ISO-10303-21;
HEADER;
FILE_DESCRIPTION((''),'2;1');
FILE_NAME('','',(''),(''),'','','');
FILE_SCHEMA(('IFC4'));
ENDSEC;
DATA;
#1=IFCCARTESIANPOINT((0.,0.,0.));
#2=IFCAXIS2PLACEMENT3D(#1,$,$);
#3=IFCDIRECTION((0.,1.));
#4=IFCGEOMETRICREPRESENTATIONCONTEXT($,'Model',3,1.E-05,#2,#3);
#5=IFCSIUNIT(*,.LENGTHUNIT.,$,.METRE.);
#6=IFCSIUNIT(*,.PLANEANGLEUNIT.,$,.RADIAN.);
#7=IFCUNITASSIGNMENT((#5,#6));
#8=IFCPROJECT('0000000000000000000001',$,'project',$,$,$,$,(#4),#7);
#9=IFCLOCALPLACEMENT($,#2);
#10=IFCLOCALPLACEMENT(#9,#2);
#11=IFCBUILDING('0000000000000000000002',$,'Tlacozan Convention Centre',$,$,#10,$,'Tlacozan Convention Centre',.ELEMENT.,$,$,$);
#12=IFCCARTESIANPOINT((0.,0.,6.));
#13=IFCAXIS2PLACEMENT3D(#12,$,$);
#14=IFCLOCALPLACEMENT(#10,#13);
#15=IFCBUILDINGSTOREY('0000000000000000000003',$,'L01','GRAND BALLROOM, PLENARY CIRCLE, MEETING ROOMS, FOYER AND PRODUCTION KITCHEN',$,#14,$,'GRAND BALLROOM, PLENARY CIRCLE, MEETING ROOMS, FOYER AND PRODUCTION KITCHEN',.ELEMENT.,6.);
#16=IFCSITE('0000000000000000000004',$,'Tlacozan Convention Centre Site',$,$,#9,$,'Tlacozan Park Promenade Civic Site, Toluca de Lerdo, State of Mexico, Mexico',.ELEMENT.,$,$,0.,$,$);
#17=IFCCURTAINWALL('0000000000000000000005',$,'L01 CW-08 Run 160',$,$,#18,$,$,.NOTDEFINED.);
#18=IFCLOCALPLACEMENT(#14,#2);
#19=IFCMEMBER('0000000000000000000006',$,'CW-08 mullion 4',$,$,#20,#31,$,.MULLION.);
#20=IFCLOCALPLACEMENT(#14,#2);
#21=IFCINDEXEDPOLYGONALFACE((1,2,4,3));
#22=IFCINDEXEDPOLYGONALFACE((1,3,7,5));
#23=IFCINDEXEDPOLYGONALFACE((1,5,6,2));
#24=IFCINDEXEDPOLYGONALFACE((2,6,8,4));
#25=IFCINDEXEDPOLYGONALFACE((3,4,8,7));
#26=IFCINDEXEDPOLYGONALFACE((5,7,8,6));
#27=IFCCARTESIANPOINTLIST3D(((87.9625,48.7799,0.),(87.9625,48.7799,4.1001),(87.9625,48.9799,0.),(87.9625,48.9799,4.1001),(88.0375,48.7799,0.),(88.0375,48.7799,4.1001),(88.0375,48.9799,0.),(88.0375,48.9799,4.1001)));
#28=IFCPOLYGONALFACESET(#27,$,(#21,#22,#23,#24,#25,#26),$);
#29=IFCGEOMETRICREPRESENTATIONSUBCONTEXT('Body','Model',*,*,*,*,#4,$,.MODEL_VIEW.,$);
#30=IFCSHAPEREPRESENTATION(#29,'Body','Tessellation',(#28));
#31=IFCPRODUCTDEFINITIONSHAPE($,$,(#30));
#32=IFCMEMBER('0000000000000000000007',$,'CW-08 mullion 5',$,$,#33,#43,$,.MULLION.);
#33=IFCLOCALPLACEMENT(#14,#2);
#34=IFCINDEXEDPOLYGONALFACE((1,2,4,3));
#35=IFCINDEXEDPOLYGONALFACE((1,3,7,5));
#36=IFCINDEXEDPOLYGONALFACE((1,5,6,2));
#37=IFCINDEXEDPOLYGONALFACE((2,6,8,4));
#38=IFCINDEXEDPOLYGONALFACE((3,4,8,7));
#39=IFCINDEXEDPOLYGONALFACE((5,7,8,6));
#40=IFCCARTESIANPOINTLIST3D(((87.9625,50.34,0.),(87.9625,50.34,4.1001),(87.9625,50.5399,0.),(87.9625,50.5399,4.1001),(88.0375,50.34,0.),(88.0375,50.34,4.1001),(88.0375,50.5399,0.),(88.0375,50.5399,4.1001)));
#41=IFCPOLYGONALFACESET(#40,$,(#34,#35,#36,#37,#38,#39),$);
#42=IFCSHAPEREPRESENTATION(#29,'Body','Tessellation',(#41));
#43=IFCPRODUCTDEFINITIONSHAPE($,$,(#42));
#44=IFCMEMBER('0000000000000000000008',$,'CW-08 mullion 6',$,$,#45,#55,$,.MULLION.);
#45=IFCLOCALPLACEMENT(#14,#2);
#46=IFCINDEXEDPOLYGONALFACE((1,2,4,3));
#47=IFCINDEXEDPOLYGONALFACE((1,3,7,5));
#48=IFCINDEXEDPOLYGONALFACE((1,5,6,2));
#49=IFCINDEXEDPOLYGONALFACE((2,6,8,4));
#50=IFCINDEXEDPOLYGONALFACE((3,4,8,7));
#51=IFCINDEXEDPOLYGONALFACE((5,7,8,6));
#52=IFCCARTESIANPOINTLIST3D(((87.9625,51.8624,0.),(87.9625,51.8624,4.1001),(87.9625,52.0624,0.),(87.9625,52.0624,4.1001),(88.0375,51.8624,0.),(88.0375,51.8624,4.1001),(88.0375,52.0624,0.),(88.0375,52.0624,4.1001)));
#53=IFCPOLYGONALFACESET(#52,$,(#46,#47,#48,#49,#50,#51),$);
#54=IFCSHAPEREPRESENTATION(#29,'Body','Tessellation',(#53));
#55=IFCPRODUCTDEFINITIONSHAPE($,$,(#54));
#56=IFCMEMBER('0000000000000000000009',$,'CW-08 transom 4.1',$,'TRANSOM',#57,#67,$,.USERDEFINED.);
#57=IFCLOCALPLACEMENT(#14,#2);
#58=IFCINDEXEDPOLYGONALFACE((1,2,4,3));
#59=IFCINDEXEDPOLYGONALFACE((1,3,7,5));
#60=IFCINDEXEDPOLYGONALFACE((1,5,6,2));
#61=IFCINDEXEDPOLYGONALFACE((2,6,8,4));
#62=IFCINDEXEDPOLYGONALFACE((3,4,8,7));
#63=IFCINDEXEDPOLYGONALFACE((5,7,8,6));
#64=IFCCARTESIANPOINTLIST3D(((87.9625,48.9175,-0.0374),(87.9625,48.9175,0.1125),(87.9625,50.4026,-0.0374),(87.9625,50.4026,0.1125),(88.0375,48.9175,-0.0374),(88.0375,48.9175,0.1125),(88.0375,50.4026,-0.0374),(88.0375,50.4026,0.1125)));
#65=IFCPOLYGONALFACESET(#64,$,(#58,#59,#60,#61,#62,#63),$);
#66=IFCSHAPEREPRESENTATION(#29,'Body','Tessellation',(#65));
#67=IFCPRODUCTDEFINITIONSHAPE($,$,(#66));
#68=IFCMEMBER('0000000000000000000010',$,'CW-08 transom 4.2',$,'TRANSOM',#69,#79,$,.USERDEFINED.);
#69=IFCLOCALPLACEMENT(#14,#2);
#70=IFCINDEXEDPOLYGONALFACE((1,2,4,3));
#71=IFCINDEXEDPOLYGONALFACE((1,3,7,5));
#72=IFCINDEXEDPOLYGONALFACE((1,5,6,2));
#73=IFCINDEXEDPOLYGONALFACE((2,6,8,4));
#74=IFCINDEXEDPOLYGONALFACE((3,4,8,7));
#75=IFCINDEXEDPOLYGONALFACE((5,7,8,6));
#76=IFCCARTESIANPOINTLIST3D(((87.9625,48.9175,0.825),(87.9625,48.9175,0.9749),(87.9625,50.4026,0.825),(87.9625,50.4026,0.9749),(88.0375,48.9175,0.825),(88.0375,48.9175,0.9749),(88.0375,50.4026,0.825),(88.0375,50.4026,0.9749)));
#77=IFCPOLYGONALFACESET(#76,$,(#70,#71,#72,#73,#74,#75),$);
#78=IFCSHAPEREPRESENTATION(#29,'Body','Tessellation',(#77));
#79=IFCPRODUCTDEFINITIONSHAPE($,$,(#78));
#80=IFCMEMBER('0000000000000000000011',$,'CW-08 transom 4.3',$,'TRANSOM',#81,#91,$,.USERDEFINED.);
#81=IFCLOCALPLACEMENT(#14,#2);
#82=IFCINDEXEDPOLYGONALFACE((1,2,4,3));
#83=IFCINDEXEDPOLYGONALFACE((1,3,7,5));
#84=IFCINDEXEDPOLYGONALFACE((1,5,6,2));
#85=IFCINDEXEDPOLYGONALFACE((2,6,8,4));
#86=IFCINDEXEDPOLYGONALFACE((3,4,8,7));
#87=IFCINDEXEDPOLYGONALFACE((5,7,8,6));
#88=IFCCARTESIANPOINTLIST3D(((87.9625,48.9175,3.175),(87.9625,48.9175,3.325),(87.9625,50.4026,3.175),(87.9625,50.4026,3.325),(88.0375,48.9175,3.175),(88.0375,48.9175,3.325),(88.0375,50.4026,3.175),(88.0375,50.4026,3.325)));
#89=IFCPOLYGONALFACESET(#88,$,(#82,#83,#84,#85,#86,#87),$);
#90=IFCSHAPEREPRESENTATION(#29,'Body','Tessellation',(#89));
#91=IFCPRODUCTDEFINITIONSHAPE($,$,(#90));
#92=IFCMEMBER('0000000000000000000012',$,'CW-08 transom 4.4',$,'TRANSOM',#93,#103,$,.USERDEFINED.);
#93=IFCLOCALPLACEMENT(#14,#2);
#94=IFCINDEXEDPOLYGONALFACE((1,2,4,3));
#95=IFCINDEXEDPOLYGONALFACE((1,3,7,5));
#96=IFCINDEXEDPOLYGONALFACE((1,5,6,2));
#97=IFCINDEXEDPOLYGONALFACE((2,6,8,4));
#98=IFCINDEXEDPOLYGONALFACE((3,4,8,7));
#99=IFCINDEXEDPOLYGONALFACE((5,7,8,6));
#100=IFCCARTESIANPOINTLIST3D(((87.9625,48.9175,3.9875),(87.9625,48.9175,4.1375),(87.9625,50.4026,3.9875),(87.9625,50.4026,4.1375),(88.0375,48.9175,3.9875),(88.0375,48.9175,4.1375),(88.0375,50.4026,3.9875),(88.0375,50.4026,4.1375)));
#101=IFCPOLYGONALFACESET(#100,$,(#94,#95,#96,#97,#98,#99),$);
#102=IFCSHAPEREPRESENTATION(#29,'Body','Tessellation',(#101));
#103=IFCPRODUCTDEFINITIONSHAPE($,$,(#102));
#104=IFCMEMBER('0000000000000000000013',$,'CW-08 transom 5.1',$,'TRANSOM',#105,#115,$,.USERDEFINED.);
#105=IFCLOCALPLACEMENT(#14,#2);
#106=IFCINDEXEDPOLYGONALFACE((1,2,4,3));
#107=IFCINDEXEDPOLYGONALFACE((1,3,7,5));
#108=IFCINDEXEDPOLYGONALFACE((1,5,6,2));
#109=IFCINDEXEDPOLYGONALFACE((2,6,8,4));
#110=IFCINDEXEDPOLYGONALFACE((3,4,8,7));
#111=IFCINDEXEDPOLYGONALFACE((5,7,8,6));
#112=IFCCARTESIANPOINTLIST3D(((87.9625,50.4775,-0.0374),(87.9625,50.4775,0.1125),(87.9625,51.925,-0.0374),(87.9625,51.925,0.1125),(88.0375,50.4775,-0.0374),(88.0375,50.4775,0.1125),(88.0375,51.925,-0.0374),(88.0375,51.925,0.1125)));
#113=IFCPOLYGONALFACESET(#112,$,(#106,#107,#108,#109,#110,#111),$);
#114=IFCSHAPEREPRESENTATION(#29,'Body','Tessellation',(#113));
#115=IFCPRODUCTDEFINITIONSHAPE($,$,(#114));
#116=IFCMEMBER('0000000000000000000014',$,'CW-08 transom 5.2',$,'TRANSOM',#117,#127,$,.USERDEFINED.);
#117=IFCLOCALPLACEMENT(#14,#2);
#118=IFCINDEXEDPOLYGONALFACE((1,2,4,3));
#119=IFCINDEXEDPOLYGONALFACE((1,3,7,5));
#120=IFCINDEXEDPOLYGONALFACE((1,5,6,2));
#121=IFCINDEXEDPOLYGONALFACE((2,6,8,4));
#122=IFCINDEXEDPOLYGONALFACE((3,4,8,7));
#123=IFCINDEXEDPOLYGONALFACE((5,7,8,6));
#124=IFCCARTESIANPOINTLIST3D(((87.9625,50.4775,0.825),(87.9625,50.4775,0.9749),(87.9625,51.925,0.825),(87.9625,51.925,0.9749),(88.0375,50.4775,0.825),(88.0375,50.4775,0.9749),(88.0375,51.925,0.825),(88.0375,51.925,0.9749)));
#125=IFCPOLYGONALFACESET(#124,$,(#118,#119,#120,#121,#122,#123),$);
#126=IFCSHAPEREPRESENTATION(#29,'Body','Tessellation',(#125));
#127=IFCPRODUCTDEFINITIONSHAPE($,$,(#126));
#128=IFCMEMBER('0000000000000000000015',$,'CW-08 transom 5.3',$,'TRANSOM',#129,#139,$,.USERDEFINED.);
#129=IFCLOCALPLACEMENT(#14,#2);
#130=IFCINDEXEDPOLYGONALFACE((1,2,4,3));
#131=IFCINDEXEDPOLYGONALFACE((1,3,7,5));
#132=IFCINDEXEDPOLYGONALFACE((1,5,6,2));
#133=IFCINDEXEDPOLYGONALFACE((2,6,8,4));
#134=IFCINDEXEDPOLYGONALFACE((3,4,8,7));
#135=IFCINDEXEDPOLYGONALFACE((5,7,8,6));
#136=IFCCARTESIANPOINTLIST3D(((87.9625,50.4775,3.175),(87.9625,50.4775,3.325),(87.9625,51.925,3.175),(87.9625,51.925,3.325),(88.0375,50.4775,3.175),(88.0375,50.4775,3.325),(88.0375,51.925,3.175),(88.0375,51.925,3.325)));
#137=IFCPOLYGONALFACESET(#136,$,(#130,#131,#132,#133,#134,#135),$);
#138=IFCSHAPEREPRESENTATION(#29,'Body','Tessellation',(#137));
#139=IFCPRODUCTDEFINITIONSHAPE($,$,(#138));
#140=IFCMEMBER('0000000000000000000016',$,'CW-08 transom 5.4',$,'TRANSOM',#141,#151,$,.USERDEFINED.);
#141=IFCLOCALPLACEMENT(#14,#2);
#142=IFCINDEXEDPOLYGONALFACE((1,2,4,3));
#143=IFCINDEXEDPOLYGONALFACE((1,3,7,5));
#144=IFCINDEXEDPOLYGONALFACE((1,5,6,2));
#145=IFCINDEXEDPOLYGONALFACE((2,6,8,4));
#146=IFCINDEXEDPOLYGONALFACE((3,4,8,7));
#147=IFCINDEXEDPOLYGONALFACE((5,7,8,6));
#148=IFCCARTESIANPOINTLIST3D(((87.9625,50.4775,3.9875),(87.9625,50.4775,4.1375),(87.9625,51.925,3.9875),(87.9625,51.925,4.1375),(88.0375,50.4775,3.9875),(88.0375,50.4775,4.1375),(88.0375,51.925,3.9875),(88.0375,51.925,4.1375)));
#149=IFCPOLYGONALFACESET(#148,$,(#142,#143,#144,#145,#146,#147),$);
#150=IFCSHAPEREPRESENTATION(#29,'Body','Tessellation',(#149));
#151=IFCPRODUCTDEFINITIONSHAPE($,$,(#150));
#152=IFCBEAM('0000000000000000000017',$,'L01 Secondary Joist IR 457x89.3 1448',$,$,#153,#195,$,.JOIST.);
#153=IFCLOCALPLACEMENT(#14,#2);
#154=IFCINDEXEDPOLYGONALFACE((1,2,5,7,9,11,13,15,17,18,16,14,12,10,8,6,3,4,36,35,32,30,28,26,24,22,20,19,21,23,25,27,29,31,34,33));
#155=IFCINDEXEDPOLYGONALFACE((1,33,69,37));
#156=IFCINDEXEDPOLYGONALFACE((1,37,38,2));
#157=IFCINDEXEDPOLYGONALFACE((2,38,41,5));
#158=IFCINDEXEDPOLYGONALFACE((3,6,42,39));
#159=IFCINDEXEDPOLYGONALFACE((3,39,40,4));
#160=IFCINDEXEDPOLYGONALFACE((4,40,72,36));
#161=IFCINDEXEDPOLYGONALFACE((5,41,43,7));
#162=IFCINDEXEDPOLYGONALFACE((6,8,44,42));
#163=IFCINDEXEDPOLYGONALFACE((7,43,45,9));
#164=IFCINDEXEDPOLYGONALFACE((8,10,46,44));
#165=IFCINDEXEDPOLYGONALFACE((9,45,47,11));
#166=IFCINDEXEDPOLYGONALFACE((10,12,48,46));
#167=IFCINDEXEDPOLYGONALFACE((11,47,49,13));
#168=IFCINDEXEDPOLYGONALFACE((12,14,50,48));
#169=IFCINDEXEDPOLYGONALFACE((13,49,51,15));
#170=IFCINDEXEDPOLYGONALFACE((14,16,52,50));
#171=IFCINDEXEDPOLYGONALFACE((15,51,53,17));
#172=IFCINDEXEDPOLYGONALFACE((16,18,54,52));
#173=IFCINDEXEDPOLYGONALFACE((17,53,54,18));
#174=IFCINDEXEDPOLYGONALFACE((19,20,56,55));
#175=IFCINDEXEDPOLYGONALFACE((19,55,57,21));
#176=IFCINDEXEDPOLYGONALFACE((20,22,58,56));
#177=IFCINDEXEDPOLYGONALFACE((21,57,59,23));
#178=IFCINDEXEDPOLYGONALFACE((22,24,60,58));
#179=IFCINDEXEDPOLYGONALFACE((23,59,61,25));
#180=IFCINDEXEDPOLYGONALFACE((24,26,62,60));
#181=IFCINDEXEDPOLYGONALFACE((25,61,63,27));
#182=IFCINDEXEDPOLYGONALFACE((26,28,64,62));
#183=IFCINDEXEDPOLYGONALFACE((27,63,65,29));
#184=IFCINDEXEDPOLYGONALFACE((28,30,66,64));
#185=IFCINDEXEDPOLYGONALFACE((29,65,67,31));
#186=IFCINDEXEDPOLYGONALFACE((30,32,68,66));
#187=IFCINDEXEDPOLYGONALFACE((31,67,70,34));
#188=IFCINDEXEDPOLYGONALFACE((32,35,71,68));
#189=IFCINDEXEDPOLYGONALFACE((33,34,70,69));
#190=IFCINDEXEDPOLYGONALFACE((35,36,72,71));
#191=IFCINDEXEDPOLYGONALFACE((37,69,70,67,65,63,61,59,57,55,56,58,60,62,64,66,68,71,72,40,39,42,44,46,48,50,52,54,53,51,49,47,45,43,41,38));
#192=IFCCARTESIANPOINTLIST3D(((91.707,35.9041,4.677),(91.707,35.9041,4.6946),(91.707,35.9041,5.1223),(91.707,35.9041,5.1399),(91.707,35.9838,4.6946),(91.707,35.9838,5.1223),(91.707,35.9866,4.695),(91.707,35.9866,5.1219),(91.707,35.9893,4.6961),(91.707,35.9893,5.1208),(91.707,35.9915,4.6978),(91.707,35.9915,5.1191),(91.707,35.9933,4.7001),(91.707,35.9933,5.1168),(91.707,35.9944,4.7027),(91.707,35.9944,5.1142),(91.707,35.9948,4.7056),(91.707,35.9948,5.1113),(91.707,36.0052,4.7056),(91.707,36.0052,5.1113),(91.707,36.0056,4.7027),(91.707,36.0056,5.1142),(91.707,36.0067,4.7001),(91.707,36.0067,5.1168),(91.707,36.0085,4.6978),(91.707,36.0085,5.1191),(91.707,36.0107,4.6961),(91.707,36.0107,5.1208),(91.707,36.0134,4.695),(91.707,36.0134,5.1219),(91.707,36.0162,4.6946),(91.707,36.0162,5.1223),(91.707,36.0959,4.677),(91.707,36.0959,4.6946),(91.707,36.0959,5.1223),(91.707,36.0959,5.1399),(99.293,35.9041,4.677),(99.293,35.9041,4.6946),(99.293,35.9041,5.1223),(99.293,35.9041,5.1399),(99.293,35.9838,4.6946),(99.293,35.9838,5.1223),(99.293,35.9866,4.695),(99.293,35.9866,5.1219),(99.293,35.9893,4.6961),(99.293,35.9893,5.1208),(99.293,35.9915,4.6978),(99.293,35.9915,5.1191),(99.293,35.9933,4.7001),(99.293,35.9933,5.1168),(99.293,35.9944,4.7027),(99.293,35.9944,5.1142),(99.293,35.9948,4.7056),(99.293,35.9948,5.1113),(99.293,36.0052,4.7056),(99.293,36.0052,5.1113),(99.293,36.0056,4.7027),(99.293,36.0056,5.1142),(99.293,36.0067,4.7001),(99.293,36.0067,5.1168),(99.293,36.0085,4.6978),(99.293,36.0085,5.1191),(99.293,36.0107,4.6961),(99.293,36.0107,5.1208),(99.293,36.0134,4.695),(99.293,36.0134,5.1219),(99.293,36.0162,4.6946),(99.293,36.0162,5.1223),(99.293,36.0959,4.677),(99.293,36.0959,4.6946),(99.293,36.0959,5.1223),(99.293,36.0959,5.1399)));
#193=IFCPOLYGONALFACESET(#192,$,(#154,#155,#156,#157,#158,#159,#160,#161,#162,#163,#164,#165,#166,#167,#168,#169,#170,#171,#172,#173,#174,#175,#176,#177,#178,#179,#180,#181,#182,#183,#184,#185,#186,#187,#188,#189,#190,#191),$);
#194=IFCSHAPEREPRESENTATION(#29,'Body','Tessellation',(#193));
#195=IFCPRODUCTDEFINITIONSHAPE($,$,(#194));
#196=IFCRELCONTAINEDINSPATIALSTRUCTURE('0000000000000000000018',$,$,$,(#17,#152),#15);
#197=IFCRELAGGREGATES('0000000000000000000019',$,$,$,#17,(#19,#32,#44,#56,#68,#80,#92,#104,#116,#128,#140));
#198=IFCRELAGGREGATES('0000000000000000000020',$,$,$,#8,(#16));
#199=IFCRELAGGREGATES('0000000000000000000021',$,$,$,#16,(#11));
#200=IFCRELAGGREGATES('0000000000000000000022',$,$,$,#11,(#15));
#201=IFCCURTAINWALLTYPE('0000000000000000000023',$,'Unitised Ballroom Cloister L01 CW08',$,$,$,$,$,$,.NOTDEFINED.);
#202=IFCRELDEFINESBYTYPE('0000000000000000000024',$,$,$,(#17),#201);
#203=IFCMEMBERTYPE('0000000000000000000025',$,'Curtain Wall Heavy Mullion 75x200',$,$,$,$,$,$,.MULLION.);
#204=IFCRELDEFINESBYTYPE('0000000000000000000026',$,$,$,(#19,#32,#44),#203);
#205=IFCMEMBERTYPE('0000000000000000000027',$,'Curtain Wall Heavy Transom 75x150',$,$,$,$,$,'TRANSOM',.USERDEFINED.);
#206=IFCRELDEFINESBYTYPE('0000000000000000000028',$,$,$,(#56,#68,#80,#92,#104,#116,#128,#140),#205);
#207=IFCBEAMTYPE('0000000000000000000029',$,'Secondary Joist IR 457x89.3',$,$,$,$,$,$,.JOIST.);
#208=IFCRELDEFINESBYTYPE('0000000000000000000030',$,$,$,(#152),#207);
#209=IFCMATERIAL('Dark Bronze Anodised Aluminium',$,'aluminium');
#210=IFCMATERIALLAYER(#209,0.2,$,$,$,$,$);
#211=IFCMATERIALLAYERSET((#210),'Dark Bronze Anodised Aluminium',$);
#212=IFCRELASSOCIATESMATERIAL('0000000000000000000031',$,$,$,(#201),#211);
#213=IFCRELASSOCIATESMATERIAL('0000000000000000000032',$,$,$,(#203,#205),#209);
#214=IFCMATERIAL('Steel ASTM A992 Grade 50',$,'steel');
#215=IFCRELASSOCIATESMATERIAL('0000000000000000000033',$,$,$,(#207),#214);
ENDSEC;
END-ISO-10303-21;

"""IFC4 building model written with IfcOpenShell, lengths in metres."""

from ifc_helpers import new_model, si_unit, direction, frame, origin, origin_2d, place, context, subcontext, project, spatial, rectangle, i_section, extrude, material, layer, layer_set, material_profile, profile_set, type_object, element, aggregate, save


model = new_model("IFC4")

# Units and contexts
model_context = context("Model", 3, precision=1e-05, world=origin(), true_north=direction((0.0, 1.0)))
body_context = subcontext(model_context, "Body", "Model", "MODEL_VIEW")
ifc_project = project(units=[si_unit("LENGTHUNIT", "METRE"), si_unit("PLANEANGLEUNIT", "RADIAN")], contexts=[model_context])

# Site, building, storey
site_placement = place(None, origin())
site = spatial("IfcSite", under=ifc_project, at=site_placement, Name="Tlacozan Convention Centre Site", LongName="Tlacozan Park Promenade Civic Site, Toluca de Lerdo, State of Mexico, Mexico", CompositionType="ELEMENT", RefElevation=0.0)
building_placement = place(site_placement, origin())
building = spatial("IfcBuilding", under=site, at=building_placement, Name="Tlacozan Convention Centre", LongName="Tlacozan Convention Centre", CompositionType="ELEMENT")
storey_placement = place(building_placement, frame((0.0, 0.0, 6.0)))
storey = spatial("IfcBuildingStorey", under=building, at=storey_placement, Name="L01", Description="GRAND BALLROOM, PLENARY CIRCLE, MEETING ROOMS, FOYER AND PRODUCTION KITCHEN", LongName="GRAND BALLROOM, PLENARY CIRCLE, MEETING ROOMS, FOYER AND PRODUCTION KITCHEN", CompositionType="ELEMENT", Elevation=6.0)

# Curtain wall, members
ifc_material_1 = material(Name="Dark Bronze Anodised Aluminium", Category="aluminium")
ifc_layer_1 = layer(ifc_material_1, 0.2)
ifc_layer_set_1 = layer_set([ifc_layer_1], Name="Dark Bronze Anodised Aluminium")
curtain_wall_type = type_object("IfcCurtainWallType", Name="Unitised Ballroom Cloister L01 CW08", PredefinedType="NOTDEFINED", material=ifc_layer_set_1)
curtain_wall_placement = place(storey_placement, origin())
curtain_wall = element("IfcCurtainWall", 1, at=curtain_wall_placement, inside=storey, type_object=curtain_wall_type, Name="L01 CW-08 Run 160", PredefinedType="NOTDEFINED")
ifc_material_profile_1 = material_profile(ifc_material_1, rectangle(XDim=0.075, YDim=0.2, at=origin_2d()), Name="ALU 75x200")
ifc_profile_set_1 = profile_set([ifc_material_profile_1], Name="Dark Bronze Anodised Aluminium")
member_type_1 = type_object("IfcMemberType", Name="Curtain Wall Heavy Mullion 75x200", PredefinedType="MULLION", material=ifc_profile_set_1)
member_1_placement = place(storey_placement, frame((88.0, 48.8799, 0.0), z_axis=(0.0, 0.0, 1.0), x_axis=(-1.0, 0.0, 0.0)))
member_1 = element("IfcMember", 2, at=member_1_placement, type_object=member_type_1, Name="CW-08 mullion 4", PredefinedType="MULLION", context=body_context, shape_type="SweptSolid", body=[
    extrude(rectangle(XDim=0.075, YDim=0.2, at=origin_2d()), origin(), (0.0, 0.0, 1.0), 4.1001),
])
member_2_placement = place(storey_placement, frame((88.0, 50.4399, 0.0), z_axis=(0.0, 0.0, 1.0), x_axis=(-1.0, 0.0, 0.0)))
member_2 = element("IfcMember", 3, at=member_2_placement, type_object=member_type_1, Name="CW-08 mullion 5", PredefinedType="MULLION", context=body_context, shape_type="SweptSolid", body=[
    extrude(rectangle(XDim=0.075, YDim=0.2, at=origin_2d()), origin(), (0.0, 0.0, 1.0), 4.1001),
])
member_3_placement = place(storey_placement, frame((88.0, 51.9624, 0.0), z_axis=(0.0, 0.0, 1.0), x_axis=(-1.0, 0.0, 0.0)))
member_3 = element("IfcMember", 4, at=member_3_placement, type_object=member_type_1, Name="CW-08 mullion 6", PredefinedType="MULLION", context=body_context, shape_type="SweptSolid", body=[
    extrude(rectangle(XDim=0.075, YDim=0.2, at=origin_2d()), origin(), (0.0, 0.0, 1.0), 4.1001),
])
ifc_material_profile_2 = material_profile(ifc_material_1, rectangle(XDim=0.075, YDim=0.1499, at=origin_2d()), Name="ALU 75x150")
ifc_profile_set_2 = profile_set([ifc_material_profile_2], Name="Dark Bronze Anodised Aluminium")
member_type_2 = type_object("IfcMemberType", Name="Curtain Wall Heavy Transom 75x150", ElementType="TRANSOM", PredefinedType="USERDEFINED", material=ifc_profile_set_2)
member_4_placement = place(storey_placement, frame((88.0, 48.9175, 0.0376), z_axis=(0.0, 1.0, 0.0), x_axis=(-1.0, 0.0, 0.0)))
member_4 = element("IfcMember", 5, at=member_4_placement, type_object=member_type_2, Name="CW-08 transom 4.1", ObjectType="TRANSOM", PredefinedType="USERDEFINED", context=body_context, shape_type="SweptSolid", body=[
    extrude(rectangle(XDim=0.075, YDim=0.1499, at=origin_2d()), origin(), (0.0, 0.0, 1.0), 1.4851),
])
member_5_placement = place(storey_placement, frame((88.0, 48.9175, 0.8999), z_axis=(0.0, 1.0, 0.0), x_axis=(-1.0, 0.0, 0.0)))
member_5 = element("IfcMember", 6, at=member_5_placement, type_object=member_type_2, Name="CW-08 transom 4.2", ObjectType="TRANSOM", PredefinedType="USERDEFINED", context=body_context, shape_type="SweptSolid", body=[
    extrude(rectangle(XDim=0.075, YDim=0.1499, at=origin_2d()), origin(), (0.0, 0.0, 1.0), 1.4851),
])
member_6_placement = place(storey_placement, frame((88.0, 48.9175, 3.25), z_axis=(0.0, 1.0, 0.0), x_axis=(-1.0, 0.0, 0.0)))
member_6 = element("IfcMember", 7, at=member_6_placement, type_object=member_type_2, Name="CW-08 transom 4.3", ObjectType="TRANSOM", PredefinedType="USERDEFINED", context=body_context, shape_type="SweptSolid", body=[
    extrude(rectangle(XDim=0.075, YDim=0.1499, at=origin_2d()), origin(), (0.0, 0.0, 1.0), 1.4851),
])
member_7_placement = place(storey_placement, frame((88.0, 48.9175, 4.0625), z_axis=(0.0, 1.0, 0.0), x_axis=(-1.0, 0.0, 0.0)))
member_7 = element("IfcMember", 8, at=member_7_placement, type_object=member_type_2, Name="CW-08 transom 4.4", ObjectType="TRANSOM", PredefinedType="USERDEFINED", context=body_context, shape_type="SweptSolid", body=[
    extrude(rectangle(XDim=0.075, YDim=0.1499, at=origin_2d()), origin(), (0.0, 0.0, 1.0), 1.4851),
])
member_8_placement = place(storey_placement, frame((88.0, 50.4775, 0.0376), z_axis=(0.0, 1.0, 0.0), x_axis=(-1.0, 0.0, 0.0)))
member_8 = element("IfcMember", 9, at=member_8_placement, type_object=member_type_2, Name="CW-08 transom 5.1", ObjectType="TRANSOM", PredefinedType="USERDEFINED", context=body_context, shape_type="SweptSolid", body=[
    extrude(rectangle(XDim=0.075, YDim=0.1499, at=origin_2d()), origin(), (0.0, 0.0, 1.0), 1.4475),
])
member_9_placement = place(storey_placement, frame((88.0, 50.4775, 0.8999), z_axis=(0.0, 1.0, 0.0), x_axis=(-1.0, 0.0, 0.0)))
member_9 = element("IfcMember", 10, at=member_9_placement, type_object=member_type_2, Name="CW-08 transom 5.2", ObjectType="TRANSOM", PredefinedType="USERDEFINED", context=body_context, shape_type="SweptSolid", body=[
    extrude(rectangle(XDim=0.075, YDim=0.1499, at=origin_2d()), origin(), (0.0, 0.0, 1.0), 1.4475),
])
member_10_placement = place(storey_placement, frame((88.0, 50.4775, 3.25), z_axis=(0.0, 1.0, 0.0), x_axis=(-1.0, 0.0, 0.0)))
member_10 = element("IfcMember", 11, at=member_10_placement, type_object=member_type_2, Name="CW-08 transom 5.3", ObjectType="TRANSOM", PredefinedType="USERDEFINED", context=body_context, shape_type="SweptSolid", body=[
    extrude(rectangle(XDim=0.075, YDim=0.1499, at=origin_2d()), origin(), (0.0, 0.0, 1.0), 1.4475),
])
member_11_placement = place(storey_placement, frame((88.0, 50.4775, 4.0625), z_axis=(0.0, 1.0, 0.0), x_axis=(-1.0, 0.0, 0.0)))
member_11 = element("IfcMember", 12, at=member_11_placement, type_object=member_type_2, Name="CW-08 transom 5.4", ObjectType="TRANSOM", PredefinedType="USERDEFINED", context=body_context, shape_type="SweptSolid", body=[
    extrude(rectangle(XDim=0.075, YDim=0.1499, at=origin_2d()), origin(), (0.0, 0.0, 1.0), 1.4475),
])

# Beam
ifc_material_2 = material(Name="Steel ASTM A992 Grade 50", Category="steel")
ifc_material_profile_3 = material_profile(ifc_material_2, i_section(OverallWidth=0.1919, OverallDepth=0.4629, WebThickness=0.0105, FlangeThickness=0.0176, FilletRadius=0.011, at=origin_2d()), Name="IR 457x89.3")
ifc_profile_set_3 = profile_set([ifc_material_profile_3], Name="Steel ASTM A992 Grade 50")
beam_type = type_object("IfcBeamType", Name="Secondary Joist IR 457x89.3", PredefinedType="JOIST", material=ifc_profile_set_3)
for number, where, z_axis, x_axis, name in (
    (13, (91.707, 36.0, 4.9084), (1.0, 0.0, 0.0), (0.0, 1.0, 0.0), "L01 Secondary Joist IR 457x89.3 1448"),
):
    element("IfcBeam", number, at=place(storey_placement, frame(where, z_axis=z_axis, x_axis=x_axis)), inside=storey, type_object=beam_type, Name=name, PredefinedType="JOIST", context=body_context, shape_type="SweptSolid", body=[
        extrude(i_section(OverallWidth=0.1919, OverallDepth=0.4629, WebThickness=0.0105, FlangeThickness=0.0176, FilletRadius=0.011, at=origin_2d()), origin(), (0.0, 0.0, 1.0), 7.5859),
    ])

aggregate(curtain_wall, [member_1, member_2, member_3, member_4, member_5, member_6, member_7, member_8, member_9, member_10, member_11])

save(model, "model.ifc")
